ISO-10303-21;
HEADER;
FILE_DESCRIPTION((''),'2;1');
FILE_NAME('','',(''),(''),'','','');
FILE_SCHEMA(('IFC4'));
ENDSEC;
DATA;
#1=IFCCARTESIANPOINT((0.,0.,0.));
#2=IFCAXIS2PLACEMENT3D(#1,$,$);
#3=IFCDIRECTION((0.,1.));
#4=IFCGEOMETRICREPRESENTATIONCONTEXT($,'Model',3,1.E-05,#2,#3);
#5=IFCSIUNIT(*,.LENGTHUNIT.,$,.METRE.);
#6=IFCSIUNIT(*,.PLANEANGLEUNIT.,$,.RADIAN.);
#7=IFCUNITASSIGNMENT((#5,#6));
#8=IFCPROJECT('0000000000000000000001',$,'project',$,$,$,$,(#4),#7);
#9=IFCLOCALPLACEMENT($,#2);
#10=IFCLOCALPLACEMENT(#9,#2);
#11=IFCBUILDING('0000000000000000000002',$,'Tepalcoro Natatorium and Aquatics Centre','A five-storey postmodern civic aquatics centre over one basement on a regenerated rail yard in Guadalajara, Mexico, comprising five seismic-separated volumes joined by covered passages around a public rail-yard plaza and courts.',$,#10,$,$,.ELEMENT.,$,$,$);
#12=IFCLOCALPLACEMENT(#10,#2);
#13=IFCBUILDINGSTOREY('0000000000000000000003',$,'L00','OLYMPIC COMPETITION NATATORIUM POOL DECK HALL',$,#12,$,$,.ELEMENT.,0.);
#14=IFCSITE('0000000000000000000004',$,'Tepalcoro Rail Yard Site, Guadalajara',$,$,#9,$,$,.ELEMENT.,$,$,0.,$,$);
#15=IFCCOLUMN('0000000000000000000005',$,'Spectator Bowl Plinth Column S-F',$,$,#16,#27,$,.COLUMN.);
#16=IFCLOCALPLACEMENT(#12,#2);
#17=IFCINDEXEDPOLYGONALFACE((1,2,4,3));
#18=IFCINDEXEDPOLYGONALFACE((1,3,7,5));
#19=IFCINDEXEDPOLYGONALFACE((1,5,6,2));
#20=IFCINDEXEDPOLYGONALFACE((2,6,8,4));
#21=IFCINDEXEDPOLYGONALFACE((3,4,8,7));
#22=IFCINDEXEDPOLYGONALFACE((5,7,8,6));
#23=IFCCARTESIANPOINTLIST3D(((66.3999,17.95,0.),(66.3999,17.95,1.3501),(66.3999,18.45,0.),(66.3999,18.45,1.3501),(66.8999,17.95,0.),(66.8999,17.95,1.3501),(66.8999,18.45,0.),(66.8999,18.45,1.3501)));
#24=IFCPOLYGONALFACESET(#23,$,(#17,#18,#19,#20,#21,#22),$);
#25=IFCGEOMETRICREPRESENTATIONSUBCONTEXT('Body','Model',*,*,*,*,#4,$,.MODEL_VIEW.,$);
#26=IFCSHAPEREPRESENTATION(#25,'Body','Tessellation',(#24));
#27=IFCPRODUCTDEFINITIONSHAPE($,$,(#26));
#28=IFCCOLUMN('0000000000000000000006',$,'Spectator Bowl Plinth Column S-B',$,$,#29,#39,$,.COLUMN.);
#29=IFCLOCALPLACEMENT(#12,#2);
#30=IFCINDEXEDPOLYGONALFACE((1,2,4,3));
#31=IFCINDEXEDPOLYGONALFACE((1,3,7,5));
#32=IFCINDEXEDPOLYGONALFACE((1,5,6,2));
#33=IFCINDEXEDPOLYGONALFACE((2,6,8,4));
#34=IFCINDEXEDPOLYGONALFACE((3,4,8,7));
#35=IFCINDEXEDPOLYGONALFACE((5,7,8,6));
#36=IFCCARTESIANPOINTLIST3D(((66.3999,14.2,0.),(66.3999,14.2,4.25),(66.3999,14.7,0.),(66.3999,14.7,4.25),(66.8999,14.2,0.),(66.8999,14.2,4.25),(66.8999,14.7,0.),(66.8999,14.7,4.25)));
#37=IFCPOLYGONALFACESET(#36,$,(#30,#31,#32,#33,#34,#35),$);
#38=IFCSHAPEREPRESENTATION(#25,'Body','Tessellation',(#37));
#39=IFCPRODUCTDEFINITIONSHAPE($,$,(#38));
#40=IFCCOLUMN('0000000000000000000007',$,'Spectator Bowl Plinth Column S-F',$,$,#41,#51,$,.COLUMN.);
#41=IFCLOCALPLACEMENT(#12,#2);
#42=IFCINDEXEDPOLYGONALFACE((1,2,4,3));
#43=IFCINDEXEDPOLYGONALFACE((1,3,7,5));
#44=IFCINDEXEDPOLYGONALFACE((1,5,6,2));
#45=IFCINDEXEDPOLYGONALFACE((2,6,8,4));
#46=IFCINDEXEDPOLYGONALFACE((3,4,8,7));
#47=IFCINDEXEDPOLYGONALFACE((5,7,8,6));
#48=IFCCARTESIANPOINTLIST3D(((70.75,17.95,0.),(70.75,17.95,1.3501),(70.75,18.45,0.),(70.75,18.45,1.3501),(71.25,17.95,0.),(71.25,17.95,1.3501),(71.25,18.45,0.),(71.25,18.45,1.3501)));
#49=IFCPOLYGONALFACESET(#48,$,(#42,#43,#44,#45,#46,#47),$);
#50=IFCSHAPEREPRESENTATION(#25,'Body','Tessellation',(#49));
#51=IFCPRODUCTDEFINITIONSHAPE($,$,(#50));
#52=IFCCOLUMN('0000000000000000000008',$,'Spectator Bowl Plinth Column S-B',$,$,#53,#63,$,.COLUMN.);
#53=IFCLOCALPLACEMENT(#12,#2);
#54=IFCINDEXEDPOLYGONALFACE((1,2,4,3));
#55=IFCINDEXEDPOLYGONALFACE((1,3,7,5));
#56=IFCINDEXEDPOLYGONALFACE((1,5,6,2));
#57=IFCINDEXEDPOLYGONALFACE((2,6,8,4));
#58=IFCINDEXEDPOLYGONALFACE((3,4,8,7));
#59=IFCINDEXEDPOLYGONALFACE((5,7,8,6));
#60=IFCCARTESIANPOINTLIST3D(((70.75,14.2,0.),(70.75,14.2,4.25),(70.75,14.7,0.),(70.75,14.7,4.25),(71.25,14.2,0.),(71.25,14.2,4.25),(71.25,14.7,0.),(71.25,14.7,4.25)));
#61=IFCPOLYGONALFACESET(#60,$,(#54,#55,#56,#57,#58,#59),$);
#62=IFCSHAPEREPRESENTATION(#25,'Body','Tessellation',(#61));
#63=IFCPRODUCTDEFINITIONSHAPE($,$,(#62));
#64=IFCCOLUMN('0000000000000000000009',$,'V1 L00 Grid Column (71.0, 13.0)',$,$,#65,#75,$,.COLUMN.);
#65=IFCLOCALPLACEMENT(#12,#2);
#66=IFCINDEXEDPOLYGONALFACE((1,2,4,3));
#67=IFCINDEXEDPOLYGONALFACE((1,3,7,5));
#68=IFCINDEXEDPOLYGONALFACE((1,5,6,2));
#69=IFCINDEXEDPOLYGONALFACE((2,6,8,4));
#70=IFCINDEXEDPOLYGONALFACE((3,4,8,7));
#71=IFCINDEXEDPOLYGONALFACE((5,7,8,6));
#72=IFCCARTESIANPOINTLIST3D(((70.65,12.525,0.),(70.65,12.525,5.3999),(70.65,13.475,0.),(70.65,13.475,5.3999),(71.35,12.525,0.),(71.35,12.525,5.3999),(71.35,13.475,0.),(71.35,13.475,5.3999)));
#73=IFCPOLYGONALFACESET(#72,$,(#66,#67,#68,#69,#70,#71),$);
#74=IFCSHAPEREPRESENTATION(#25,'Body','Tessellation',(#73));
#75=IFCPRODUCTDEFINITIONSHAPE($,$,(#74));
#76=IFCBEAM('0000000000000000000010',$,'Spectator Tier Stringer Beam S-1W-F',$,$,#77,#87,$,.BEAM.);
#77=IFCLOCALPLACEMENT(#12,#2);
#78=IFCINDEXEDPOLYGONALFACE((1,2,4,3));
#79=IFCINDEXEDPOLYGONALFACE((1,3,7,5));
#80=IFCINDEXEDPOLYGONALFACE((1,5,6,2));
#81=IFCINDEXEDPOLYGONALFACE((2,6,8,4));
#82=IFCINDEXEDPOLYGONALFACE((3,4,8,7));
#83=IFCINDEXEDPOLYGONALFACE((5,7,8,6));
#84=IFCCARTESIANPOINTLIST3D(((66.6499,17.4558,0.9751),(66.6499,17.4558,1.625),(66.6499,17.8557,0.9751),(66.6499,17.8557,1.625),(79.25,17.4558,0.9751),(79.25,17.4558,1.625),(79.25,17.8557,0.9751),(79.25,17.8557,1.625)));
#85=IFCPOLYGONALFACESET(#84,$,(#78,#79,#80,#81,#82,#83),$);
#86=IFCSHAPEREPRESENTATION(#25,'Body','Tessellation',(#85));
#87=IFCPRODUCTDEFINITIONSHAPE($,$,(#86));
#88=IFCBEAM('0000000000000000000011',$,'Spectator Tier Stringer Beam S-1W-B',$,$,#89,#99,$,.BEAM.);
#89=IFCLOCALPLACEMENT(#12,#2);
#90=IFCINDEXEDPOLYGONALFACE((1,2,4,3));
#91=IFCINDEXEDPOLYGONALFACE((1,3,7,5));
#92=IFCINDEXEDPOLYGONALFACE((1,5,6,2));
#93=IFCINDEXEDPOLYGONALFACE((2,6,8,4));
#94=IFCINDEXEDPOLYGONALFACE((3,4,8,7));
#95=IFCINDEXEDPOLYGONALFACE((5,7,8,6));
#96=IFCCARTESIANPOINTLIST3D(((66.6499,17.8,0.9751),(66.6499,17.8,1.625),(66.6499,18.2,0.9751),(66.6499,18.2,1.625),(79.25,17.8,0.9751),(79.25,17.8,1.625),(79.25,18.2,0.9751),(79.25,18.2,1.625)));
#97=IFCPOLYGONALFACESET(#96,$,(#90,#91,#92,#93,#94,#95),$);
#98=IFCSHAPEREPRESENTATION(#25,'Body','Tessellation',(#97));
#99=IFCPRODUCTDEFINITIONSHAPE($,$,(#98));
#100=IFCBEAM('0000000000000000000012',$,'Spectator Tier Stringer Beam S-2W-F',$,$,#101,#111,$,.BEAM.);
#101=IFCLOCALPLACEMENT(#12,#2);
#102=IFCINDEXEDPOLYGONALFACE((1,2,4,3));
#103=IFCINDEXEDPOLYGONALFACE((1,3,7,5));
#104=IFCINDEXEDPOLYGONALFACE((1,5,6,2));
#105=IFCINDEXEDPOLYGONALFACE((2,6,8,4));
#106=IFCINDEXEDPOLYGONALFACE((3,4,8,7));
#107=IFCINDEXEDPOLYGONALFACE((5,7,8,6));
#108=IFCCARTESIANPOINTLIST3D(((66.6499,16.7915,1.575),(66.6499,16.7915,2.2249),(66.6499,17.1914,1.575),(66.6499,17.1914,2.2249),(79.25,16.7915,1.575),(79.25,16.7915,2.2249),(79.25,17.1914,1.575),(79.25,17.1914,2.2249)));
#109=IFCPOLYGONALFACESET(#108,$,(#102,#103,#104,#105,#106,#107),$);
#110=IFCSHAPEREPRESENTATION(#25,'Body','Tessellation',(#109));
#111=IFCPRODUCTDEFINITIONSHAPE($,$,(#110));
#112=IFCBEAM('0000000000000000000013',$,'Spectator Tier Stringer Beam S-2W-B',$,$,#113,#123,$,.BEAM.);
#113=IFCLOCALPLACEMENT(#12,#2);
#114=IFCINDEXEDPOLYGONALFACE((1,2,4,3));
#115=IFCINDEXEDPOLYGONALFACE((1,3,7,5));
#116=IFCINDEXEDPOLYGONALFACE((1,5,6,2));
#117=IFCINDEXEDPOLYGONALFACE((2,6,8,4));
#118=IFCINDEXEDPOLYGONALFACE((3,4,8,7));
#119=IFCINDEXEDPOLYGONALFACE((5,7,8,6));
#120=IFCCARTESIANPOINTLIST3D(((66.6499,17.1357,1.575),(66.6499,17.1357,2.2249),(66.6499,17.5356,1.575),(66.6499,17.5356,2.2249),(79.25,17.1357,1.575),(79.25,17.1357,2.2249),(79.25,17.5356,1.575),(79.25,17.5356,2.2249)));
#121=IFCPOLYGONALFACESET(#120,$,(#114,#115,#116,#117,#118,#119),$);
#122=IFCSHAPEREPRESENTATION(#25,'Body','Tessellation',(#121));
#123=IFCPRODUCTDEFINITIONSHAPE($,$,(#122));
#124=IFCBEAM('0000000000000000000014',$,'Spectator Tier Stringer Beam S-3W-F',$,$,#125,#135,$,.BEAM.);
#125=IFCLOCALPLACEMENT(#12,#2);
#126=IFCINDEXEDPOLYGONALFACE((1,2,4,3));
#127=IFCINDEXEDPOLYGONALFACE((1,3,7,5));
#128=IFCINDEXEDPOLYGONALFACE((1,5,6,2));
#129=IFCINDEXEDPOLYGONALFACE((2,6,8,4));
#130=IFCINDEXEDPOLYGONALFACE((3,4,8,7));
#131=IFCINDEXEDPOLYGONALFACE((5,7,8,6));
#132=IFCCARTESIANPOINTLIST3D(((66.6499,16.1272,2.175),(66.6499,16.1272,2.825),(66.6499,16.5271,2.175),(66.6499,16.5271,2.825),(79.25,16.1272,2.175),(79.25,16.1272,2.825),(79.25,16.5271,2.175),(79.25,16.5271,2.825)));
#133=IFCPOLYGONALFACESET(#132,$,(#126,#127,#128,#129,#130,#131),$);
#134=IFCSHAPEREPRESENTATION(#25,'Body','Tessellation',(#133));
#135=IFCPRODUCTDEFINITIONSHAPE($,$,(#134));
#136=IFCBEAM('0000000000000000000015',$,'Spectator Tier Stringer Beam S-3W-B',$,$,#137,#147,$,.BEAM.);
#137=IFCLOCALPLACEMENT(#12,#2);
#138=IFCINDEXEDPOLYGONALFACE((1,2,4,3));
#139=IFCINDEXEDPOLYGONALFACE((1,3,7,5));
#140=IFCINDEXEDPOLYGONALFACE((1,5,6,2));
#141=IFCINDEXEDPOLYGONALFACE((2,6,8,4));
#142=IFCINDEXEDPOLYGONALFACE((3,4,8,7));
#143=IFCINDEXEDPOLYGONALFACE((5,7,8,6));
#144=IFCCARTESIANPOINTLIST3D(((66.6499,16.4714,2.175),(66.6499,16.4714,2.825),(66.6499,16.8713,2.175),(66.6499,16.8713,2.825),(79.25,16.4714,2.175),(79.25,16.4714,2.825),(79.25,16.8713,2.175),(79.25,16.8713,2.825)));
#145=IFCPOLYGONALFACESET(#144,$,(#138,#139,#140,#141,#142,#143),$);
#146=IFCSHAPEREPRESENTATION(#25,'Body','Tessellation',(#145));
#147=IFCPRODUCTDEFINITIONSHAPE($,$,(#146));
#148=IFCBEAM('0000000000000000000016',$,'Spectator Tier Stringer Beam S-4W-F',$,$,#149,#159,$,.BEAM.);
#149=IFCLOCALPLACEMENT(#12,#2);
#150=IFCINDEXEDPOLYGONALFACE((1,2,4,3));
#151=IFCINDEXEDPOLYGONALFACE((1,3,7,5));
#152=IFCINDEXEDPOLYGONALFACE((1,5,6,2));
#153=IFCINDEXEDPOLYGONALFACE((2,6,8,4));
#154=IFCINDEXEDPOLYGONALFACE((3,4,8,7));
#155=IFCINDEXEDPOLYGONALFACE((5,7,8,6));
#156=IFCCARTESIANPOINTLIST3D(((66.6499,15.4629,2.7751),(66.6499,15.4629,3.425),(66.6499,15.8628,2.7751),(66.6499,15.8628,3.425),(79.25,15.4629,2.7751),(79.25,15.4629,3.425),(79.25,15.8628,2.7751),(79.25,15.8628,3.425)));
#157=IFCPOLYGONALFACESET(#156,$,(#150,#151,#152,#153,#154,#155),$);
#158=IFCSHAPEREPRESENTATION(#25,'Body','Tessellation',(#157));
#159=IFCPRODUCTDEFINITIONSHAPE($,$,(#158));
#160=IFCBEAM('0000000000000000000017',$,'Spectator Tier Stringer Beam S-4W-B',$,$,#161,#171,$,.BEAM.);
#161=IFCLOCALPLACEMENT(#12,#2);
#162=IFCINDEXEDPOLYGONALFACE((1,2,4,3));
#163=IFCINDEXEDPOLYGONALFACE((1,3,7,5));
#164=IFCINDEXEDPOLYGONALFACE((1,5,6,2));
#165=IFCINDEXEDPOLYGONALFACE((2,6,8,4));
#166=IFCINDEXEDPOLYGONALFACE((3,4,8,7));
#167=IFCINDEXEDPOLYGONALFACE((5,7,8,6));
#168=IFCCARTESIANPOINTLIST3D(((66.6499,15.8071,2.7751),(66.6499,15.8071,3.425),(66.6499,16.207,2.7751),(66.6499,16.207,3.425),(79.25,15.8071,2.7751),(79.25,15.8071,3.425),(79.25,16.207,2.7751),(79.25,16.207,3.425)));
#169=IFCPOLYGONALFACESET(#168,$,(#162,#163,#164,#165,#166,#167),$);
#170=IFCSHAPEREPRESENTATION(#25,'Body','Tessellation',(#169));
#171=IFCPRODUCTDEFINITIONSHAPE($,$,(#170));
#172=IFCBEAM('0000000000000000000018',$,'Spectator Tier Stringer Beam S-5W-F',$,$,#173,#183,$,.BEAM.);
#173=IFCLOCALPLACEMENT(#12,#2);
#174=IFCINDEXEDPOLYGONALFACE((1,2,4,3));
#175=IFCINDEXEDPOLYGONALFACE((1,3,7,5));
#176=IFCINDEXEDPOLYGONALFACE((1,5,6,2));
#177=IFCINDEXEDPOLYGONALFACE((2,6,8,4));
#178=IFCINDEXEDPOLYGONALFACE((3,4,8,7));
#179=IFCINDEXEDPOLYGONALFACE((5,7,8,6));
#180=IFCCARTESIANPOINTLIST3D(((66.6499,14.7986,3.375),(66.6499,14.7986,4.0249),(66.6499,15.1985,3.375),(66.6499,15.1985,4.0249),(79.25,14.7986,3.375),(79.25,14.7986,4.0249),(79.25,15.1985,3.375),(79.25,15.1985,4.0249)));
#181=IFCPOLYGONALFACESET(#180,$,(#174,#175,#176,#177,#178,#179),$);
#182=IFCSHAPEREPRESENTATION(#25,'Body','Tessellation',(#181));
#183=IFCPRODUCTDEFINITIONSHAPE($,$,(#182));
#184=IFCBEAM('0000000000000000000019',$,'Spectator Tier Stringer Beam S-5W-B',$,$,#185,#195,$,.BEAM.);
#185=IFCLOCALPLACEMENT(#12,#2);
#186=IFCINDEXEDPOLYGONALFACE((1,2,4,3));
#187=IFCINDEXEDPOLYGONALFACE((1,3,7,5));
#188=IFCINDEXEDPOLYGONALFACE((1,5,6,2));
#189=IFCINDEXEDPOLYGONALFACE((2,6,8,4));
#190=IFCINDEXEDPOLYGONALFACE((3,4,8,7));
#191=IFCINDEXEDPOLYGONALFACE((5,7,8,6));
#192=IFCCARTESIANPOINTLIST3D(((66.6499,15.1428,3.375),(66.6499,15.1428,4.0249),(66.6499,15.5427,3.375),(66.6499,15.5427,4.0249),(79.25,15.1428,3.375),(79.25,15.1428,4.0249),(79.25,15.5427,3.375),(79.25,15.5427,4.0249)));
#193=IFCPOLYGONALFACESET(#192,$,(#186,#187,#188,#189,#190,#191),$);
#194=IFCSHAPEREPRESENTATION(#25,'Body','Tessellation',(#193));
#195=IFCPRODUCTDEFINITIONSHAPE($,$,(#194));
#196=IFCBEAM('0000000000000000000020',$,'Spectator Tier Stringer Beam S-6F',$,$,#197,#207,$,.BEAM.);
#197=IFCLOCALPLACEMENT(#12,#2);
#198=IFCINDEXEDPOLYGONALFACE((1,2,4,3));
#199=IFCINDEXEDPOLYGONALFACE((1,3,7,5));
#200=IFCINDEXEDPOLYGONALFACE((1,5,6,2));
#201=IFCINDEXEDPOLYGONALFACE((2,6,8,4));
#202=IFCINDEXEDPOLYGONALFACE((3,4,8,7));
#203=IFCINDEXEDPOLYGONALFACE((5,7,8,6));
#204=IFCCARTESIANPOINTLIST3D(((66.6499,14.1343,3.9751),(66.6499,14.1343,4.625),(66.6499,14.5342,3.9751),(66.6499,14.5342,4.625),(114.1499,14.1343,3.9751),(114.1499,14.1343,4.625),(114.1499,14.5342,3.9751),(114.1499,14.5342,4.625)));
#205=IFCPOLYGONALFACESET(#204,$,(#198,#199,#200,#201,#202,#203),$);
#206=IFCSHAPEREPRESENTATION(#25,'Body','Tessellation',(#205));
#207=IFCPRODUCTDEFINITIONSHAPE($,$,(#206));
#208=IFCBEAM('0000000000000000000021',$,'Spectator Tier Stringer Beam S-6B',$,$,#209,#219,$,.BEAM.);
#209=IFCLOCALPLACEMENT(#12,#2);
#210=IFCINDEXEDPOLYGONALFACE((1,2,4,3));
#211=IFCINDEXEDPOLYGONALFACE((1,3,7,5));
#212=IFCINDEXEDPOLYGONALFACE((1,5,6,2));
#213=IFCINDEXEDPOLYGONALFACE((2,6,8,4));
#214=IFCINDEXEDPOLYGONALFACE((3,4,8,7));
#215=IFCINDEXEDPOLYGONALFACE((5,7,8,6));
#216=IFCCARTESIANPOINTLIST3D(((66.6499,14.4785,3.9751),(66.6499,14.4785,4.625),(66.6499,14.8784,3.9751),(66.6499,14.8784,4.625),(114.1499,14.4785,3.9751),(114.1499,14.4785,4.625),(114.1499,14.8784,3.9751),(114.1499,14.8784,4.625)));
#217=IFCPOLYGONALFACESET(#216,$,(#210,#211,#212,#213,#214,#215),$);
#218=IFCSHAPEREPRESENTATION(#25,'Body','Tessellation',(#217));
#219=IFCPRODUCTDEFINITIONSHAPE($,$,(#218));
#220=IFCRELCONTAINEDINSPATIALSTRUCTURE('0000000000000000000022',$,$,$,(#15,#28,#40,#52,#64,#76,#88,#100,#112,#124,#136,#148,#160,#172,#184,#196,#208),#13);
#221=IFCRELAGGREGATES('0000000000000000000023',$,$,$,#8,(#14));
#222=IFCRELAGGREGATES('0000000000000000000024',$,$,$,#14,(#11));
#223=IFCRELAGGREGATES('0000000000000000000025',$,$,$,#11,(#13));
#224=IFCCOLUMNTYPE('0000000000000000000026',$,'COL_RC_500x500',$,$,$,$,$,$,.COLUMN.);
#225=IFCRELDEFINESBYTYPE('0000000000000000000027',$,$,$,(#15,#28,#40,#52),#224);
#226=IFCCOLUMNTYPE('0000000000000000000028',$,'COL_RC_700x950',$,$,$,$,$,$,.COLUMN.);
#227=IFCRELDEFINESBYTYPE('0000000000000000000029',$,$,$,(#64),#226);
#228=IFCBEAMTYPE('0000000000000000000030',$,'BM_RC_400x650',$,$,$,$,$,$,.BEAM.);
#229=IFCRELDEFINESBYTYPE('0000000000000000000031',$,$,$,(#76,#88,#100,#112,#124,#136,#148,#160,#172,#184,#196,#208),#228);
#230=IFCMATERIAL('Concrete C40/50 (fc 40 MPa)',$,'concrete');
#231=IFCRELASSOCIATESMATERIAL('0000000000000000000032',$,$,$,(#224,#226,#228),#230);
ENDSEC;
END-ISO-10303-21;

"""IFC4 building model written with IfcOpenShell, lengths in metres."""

from ifc_helpers import new_model, si_unit, direction, frame, origin, origin_2d, place, context, subcontext, project, spatial, rectangle, extrude, material, material_profile, profile_set, type_object, element, save


model = new_model("IFC4")

# Units and contexts
model_context = context("Model", 3, precision=1e-05, world=origin(), true_north=direction((0.0, 1.0)))
body_context = subcontext(model_context, "Body", "Model", "MODEL_VIEW")
ifc_project = project(units=[si_unit("LENGTHUNIT", "METRE"), si_unit("PLANEANGLEUNIT", "RADIAN")], contexts=[model_context])

# Site, building, storey
site_placement = place(None, origin())
site = spatial("IfcSite", under=ifc_project, at=site_placement, Name="Tepalcoro Rail Yard Site, Guadalajara", CompositionType="ELEMENT", RefElevation=0.0)
building_placement = place(site_placement, origin())
building = spatial("IfcBuilding", under=site, at=building_placement, Name="Tepalcoro Natatorium and Aquatics Centre", Description="A five-storey postmodern civic aquatics centre over one basement on a regenerated rail yard in Guadalajara, Mexico, comprising five seismic-separated volumes joined by covered passages around a public rail-yard plaza and courts.", CompositionType="ELEMENT")
storey_placement = place(building_placement, origin())
storey = spatial("IfcBuildingStorey", under=building, at=storey_placement, Name="L00", Description="OLYMPIC COMPETITION NATATORIUM POOL DECK HALL", CompositionType="ELEMENT", Elevation=0.0)

# Columns
ifc_material_1 = material(Name="Concrete C40/50 (fc 40 MPa)", Category="concrete")
ifc_material_profile_1 = material_profile(ifc_material_1, rectangle(XDim=0.5, YDim=0.5, at=origin_2d()), Name="RC500x500")
ifc_profile_set_1 = profile_set([ifc_material_profile_1], Name="Concrete C40/50 (fc 40 MPa)")
column_type_1 = type_object("IfcColumnType", Name="COL_RC_500x500", PredefinedType="COLUMN", material=ifc_profile_set_1)
column_1_placement = place(storey_placement, frame((66.6499, 18.2, 0.0), z_axis=(0.0, 0.0, 1.0), x_axis=(1.0, 0.0, 0.0)))
element("IfcColumn", 1, at=column_1_placement, inside=storey, type_object=column_type_1, Name="Spectator Bowl Plinth Column S-F", PredefinedType="COLUMN", context=body_context, shape_type="SweptSolid", body=[
    extrude(rectangle(XDim=0.5, YDim=0.5, at=origin_2d()), origin(), (0.0, 0.0, 1.0), 1.3501),
])
column_2_placement = place(storey_placement, frame((66.6499, 14.45, 0.0), z_axis=(0.0, 0.0, 1.0), x_axis=(1.0, 0.0, 0.0)))
element("IfcColumn", 2, at=column_2_placement, inside=storey, type_object=column_type_1, Name="Spectator Bowl Plinth Column S-B", PredefinedType="COLUMN", context=body_context, shape_type="SweptSolid", body=[
    extrude(rectangle(XDim=0.5, YDim=0.5, at=origin_2d()), origin(), (0.0, 0.0, 1.0), 4.25),
])
column_3_placement = place(storey_placement, frame((71.0, 18.2, 0.0), z_axis=(0.0, 0.0, 1.0), x_axis=(1.0, 0.0, 0.0)))
element("IfcColumn", 3, at=column_3_placement, inside=storey, type_object=column_type_1, Name="Spectator Bowl Plinth Column S-F", PredefinedType="COLUMN", context=body_context, shape_type="SweptSolid", body=[
    extrude(rectangle(XDim=0.5, YDim=0.5, at=origin_2d()), origin(), (0.0, 0.0, 1.0), 1.3501),
])
column_4_placement = place(storey_placement, frame((71.0, 14.45, 0.0), z_axis=(0.0, 0.0, 1.0), x_axis=(1.0, 0.0, 0.0)))
element("IfcColumn", 4, at=column_4_placement, inside=storey, type_object=column_type_1, Name="Spectator Bowl Plinth Column S-B", PredefinedType="COLUMN", context=body_context, shape_type="SweptSolid", body=[
    extrude(rectangle(XDim=0.5, YDim=0.5, at=origin_2d()), origin(), (0.0, 0.0, 1.0), 4.25),
])
ifc_material_profile_2 = material_profile(ifc_material_1, rectangle(XDim=0.7, YDim=0.95, at=origin_2d()), Name="RC700x950")
ifc_profile_set_2 = profile_set([ifc_material_profile_2], Name="Concrete C40/50 (fc 40 MPa)")
column_type_2 = type_object("IfcColumnType", Name="COL_RC_700x950", PredefinedType="COLUMN", material=ifc_profile_set_2)
column_5_placement = place(storey_placement, frame((71.0, 13.0, 0.0), z_axis=(0.0, 0.0, 1.0), x_axis=(1.0, 0.0, 0.0)))
element("IfcColumn", 5, at=column_5_placement, inside=storey, type_object=column_type_2, Name="V1 L00 Grid Column (71.0, 13.0)", PredefinedType="COLUMN", context=body_context, shape_type="SweptSolid", body=[
    extrude(rectangle(XDim=0.7, YDim=0.95, at=origin_2d()), origin(), (0.0, 0.0, 1.0), 5.3999),
])

# Beams
ifc_material_profile_3 = material_profile(ifc_material_1, rectangle(XDim=0.3999, YDim=0.6499, at=origin_2d()), Name="RCB400x650")
ifc_profile_set_3 = profile_set([ifc_material_profile_3], Name="Concrete C40/50 (fc 40 MPa)")
beam_type_1 = type_object("IfcBeamType", Name="BM_RC_400x650", PredefinedType="BEAM", material=ifc_profile_set_3)
for number, where, z_axis, x_axis, name in (
    (6, (66.6499, 17.6558, 1.3), (1.0, 0.0, 0.0), (0.0, 1.0, 0.0), "Spectator Tier Stringer Beam S-1W-F"),
    (7, (66.6499, 18.0, 1.3), (1.0, 0.0, 0.0), (0.0, 1.0, 0.0), "Spectator Tier Stringer Beam S-1W-B"),
    (8, (66.6499, 16.9915, 1.8999), (1.0, 0.0, 0.0), (0.0, 1.0, 0.0), "Spectator Tier Stringer Beam S-2W-F"),
    (9, (66.6499, 17.3357, 1.8999), (1.0, 0.0, 0.0), (0.0, 1.0, 0.0), "Spectator Tier Stringer Beam S-2W-B"),
    (10, (66.6499, 16.3271, 2.5), (1.0, 0.0, 0.0), (0.0, 1.0, 0.0), "Spectator Tier Stringer Beam S-3W-F"),
    (11, (66.6499, 16.6714, 2.5), (1.0, 0.0, 0.0), (0.0, 1.0, 0.0), "Spectator Tier Stringer Beam S-3W-B"),
    (12, (66.6499, 15.6628, 3.1001), (1.0, 0.0, 0.0), (0.0, 1.0, 0.0), "Spectator Tier Stringer Beam S-4W-F"),
    (13, (66.6499, 16.0071, 3.1001), (1.0, 0.0, 0.0), (0.0, 1.0, 0.0), "Spectator Tier Stringer Beam S-4W-B"),
    (14, (66.6499, 14.9985, 3.7), (1.0, 0.0, 0.0), (0.0, 1.0, 0.0), "Spectator Tier Stringer Beam S-5W-F"),
    (15, (66.6499, 15.3428, 3.7), (1.0, 0.0, 0.0), (0.0, 1.0, 0.0), "Spectator Tier Stringer Beam S-5W-B"),
):
    element("IfcBeam", number, at=place(storey_placement, frame(where, z_axis=z_axis, x_axis=x_axis)), inside=storey, type_object=beam_type_1, Name=name, PredefinedType="BEAM", context=body_context, shape_type="SweptSolid", body=[
        extrude(rectangle(XDim=0.3999, YDim=0.6499, at=origin_2d()), origin(), (0.0, 0.0, 1.0), 12.6001),
    ])
for number, where, z_axis, x_axis, name in (
    (16, (66.6499, 14.3342, 4.3), (1.0, 0.0, 0.0), (0.0, 1.0, 0.0), "Spectator Tier Stringer Beam S-6F"),
    (17, (66.6499, 14.6785, 4.3), (1.0, 0.0, 0.0), (0.0, 1.0, 0.0), "Spectator Tier Stringer Beam S-6B"),
):
    element("IfcBeam", number, at=place(storey_placement, frame(where, z_axis=z_axis, x_axis=x_axis)), inside=storey, type_object=beam_type_1, Name=name, PredefinedType="BEAM", context=body_context, shape_type="SweptSolid", body=[
        extrude(rectangle(XDim=0.3999, YDim=0.6499, at=origin_2d()), origin(), (0.0, 0.0, 1.0), 47.5),
    ])

save(model, "model.ifc")
